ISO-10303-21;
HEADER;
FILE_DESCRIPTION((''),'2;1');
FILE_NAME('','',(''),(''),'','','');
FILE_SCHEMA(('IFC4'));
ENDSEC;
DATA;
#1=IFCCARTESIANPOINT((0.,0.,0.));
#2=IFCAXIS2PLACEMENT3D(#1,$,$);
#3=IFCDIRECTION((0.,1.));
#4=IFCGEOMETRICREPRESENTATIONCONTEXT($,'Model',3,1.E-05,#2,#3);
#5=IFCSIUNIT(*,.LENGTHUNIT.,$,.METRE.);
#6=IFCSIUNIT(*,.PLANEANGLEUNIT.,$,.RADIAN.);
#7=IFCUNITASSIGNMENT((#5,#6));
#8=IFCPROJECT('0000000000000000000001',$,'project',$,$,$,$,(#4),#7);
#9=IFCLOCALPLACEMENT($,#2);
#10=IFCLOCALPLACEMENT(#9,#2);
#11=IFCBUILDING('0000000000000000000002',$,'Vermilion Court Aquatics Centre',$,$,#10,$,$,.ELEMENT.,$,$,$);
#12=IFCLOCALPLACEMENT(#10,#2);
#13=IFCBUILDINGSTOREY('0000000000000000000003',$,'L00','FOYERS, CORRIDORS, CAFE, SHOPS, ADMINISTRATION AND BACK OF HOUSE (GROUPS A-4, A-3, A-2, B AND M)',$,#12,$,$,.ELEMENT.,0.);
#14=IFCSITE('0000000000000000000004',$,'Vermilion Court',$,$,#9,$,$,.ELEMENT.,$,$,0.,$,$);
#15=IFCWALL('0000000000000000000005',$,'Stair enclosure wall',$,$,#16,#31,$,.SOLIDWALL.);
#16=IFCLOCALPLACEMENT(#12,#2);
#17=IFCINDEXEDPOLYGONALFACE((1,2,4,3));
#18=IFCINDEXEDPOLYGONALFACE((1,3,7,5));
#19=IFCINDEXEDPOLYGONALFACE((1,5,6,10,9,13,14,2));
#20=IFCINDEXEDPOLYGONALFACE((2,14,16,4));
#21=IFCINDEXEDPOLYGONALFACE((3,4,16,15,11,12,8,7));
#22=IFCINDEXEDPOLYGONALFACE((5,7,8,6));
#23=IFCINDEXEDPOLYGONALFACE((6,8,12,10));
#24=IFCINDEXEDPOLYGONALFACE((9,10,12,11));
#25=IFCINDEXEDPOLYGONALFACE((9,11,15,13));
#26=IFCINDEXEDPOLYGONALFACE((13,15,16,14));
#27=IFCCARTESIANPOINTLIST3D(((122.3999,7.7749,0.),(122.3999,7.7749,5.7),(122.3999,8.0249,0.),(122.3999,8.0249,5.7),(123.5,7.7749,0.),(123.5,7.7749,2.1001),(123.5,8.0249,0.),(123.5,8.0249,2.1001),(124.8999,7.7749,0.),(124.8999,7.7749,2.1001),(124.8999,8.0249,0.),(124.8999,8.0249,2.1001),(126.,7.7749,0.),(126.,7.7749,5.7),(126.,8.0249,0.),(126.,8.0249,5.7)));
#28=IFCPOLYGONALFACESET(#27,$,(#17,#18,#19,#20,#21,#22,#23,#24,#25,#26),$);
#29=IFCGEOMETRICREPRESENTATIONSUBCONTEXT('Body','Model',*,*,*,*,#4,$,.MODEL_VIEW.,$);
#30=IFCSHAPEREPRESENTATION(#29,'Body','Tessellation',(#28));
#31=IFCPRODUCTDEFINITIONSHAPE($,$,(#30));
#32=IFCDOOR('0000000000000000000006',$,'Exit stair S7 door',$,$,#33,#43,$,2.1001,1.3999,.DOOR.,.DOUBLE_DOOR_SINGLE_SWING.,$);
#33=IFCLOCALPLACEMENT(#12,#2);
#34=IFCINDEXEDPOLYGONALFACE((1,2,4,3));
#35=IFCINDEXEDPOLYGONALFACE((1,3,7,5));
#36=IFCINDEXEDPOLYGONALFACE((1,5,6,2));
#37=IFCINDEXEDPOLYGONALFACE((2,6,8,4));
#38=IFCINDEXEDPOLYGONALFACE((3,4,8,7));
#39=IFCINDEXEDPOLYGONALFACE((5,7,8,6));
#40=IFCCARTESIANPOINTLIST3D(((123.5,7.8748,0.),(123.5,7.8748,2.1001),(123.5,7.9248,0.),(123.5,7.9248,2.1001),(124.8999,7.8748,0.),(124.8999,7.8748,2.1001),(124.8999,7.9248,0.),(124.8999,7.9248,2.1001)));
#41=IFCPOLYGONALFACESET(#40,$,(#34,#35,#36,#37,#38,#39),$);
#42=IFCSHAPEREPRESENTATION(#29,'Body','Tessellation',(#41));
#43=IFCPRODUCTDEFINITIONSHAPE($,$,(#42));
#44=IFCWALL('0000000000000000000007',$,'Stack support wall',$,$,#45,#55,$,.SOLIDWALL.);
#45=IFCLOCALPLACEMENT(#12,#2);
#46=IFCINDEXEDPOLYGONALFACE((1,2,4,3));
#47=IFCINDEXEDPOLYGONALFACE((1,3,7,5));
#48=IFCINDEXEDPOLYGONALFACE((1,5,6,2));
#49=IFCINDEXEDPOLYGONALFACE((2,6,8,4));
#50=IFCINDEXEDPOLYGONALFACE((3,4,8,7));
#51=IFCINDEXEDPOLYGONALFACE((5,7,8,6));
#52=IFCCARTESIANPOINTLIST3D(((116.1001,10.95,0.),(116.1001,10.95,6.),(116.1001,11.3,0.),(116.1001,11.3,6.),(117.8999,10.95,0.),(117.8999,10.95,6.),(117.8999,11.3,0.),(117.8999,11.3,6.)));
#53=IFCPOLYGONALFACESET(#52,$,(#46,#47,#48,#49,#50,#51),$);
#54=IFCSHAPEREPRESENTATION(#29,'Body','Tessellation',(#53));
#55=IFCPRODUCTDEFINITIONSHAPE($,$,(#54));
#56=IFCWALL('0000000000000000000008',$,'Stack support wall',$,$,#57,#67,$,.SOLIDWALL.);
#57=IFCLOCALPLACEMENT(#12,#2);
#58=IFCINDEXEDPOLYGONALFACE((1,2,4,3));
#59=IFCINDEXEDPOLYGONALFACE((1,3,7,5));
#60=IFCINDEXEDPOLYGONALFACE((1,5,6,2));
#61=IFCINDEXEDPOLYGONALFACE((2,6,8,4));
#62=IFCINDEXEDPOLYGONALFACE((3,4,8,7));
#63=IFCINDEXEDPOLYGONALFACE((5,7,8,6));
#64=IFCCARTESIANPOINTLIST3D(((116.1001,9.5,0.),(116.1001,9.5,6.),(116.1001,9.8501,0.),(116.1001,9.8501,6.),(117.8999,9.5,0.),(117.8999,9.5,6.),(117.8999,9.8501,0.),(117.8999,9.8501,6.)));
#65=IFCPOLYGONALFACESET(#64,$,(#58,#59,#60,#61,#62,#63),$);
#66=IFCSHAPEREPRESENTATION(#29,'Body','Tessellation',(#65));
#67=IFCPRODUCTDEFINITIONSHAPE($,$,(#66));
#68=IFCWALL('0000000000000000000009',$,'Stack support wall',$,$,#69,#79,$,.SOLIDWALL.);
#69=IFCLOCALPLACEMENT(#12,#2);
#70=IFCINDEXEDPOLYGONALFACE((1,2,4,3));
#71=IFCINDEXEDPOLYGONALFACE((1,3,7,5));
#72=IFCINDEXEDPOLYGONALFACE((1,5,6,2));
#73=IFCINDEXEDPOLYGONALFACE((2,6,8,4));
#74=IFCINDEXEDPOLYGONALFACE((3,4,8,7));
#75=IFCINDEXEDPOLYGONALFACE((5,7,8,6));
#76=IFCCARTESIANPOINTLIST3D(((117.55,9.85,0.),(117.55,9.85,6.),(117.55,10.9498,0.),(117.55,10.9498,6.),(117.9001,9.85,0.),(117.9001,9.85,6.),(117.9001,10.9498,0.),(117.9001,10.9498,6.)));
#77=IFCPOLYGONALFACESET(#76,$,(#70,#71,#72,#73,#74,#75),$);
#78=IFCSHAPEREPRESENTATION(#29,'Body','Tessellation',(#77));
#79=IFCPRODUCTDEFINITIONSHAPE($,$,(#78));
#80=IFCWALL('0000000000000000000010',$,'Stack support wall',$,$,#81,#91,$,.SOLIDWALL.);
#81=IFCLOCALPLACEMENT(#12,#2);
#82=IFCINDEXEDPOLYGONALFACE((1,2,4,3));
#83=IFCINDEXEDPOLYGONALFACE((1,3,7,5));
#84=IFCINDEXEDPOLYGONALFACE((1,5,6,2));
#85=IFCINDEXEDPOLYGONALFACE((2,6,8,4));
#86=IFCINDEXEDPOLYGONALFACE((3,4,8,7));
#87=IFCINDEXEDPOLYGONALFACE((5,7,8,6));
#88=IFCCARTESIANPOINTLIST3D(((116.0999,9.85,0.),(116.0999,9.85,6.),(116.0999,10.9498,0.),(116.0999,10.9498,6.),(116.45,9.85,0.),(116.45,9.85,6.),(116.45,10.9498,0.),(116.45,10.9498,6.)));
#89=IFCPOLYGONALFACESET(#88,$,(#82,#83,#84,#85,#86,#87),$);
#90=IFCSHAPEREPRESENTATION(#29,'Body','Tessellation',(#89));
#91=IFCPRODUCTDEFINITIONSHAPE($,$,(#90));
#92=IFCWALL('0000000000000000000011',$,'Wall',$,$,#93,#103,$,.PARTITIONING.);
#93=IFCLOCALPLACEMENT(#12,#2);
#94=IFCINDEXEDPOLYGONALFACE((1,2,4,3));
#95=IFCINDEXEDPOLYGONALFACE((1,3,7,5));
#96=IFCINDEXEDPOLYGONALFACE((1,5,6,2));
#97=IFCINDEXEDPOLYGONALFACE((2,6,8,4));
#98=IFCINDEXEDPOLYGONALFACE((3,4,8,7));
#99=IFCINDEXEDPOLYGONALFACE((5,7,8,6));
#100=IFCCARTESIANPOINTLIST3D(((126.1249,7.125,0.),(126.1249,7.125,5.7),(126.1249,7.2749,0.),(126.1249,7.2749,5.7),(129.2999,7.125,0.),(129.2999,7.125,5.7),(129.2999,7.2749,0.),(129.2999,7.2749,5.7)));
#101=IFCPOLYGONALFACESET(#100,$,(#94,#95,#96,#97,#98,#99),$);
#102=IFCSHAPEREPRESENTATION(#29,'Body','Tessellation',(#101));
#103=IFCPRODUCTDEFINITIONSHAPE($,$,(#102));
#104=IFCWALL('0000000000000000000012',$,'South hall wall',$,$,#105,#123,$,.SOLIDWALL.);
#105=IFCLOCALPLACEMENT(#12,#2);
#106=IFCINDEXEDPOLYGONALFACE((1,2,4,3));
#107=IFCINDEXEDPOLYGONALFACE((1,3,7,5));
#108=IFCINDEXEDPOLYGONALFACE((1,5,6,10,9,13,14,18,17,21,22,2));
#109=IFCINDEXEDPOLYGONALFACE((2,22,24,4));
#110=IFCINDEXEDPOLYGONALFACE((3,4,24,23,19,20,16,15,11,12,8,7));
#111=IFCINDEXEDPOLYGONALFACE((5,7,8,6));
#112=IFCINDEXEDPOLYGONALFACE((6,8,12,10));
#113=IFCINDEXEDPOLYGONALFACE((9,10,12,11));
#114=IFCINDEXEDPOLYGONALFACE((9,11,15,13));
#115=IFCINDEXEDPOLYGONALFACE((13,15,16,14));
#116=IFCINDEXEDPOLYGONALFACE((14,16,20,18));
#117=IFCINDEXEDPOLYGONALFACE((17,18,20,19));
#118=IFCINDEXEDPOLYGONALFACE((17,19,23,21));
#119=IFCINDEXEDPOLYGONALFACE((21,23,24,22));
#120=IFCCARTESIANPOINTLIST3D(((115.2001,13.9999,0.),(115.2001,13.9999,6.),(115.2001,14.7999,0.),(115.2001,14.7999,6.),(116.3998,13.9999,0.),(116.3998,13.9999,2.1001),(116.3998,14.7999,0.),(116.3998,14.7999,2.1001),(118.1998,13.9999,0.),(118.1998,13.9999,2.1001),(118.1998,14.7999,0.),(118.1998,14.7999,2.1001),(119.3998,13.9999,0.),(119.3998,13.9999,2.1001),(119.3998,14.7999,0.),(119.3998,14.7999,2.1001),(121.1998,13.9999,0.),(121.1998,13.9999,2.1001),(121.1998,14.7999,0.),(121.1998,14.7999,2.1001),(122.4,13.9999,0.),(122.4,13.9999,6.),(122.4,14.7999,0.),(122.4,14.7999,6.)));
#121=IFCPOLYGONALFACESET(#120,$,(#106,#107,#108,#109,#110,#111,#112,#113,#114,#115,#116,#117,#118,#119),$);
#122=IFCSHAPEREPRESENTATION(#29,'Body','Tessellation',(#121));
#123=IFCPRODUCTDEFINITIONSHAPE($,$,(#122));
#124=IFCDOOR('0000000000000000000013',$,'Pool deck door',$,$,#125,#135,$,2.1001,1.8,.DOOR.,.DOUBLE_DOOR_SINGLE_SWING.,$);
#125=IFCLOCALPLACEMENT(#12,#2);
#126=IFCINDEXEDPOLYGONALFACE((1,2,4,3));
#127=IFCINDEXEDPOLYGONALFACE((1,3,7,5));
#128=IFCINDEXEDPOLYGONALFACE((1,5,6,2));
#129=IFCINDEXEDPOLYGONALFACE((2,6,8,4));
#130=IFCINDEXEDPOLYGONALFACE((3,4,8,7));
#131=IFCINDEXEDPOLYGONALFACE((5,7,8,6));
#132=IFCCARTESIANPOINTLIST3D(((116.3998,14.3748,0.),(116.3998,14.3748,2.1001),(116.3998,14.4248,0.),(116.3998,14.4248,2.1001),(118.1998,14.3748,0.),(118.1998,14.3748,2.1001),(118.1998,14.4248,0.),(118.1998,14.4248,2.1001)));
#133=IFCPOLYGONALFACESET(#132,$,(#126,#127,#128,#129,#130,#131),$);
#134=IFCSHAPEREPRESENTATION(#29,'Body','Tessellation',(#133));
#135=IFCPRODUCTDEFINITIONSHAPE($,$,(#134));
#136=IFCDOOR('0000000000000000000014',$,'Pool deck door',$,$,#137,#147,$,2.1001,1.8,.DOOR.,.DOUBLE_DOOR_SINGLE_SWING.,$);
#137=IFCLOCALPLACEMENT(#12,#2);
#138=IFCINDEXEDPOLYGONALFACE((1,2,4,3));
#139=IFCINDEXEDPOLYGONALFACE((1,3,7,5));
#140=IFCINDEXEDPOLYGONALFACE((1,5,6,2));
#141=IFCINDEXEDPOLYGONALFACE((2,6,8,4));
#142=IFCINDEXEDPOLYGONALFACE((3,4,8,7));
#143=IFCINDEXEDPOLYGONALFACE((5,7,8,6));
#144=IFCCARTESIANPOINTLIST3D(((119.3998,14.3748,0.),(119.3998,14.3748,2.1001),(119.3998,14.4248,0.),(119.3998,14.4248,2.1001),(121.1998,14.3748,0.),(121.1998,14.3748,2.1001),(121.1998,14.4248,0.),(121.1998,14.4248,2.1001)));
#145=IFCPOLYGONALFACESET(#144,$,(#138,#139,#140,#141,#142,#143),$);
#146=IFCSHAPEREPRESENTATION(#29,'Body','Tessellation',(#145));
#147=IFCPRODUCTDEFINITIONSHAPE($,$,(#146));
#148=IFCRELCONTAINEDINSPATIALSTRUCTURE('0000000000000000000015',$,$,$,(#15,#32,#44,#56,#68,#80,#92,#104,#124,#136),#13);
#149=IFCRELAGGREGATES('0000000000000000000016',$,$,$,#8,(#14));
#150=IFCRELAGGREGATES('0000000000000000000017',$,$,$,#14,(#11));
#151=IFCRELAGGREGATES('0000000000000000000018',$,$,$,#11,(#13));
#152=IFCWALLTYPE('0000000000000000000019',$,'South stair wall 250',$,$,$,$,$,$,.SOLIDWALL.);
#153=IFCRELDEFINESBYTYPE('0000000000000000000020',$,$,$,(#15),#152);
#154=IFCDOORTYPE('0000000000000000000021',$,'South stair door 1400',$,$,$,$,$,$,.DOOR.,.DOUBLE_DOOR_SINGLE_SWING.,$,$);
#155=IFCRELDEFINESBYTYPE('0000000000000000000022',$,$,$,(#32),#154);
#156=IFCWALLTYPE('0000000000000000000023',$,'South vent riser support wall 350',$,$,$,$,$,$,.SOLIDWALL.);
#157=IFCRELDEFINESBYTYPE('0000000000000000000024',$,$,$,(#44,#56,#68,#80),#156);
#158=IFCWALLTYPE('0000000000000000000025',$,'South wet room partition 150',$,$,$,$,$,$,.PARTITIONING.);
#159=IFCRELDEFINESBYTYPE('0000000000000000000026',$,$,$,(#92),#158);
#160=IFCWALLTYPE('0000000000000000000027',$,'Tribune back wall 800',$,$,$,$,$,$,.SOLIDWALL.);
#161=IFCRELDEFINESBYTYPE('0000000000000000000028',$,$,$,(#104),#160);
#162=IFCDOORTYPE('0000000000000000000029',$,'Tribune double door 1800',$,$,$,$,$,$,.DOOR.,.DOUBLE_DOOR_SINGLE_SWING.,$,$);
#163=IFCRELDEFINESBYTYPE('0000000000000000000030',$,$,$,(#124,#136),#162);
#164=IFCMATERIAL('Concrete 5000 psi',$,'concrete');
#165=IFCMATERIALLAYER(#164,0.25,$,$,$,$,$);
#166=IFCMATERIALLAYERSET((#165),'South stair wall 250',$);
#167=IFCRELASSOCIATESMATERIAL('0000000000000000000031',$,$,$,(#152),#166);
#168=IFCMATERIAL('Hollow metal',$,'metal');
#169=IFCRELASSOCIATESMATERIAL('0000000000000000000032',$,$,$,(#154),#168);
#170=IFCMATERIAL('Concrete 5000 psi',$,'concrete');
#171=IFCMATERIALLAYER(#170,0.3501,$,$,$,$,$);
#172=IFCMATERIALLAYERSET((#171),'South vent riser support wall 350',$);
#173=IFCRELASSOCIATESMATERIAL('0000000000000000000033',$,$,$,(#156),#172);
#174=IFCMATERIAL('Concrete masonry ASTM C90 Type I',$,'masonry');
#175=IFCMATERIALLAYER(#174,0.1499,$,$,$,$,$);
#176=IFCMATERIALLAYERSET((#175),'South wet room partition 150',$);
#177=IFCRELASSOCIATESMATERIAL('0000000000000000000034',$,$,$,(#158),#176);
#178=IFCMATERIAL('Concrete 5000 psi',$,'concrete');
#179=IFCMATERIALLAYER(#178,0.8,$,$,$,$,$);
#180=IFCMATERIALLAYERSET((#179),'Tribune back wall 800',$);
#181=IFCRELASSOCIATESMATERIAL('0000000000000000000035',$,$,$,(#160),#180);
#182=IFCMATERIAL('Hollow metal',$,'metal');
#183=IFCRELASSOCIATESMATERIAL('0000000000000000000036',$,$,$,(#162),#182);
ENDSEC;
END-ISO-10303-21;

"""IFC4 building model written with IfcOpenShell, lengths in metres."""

from ifc_helpers import new_model, si_unit, direction, frame, frame_2d, origin, place, context, subcontext, project, spatial, rectangle, extrude, material, layer, layer_set, type_object, element, fill, save


model = new_model("IFC4")

# Units and contexts
model_context = context("Model", 3, precision=1e-05, world=origin(), true_north=direction((0.0, 1.0)))
body_context = subcontext(model_context, "Body", "Model", "MODEL_VIEW")
ifc_project = project(units=[si_unit("LENGTHUNIT", "METRE"), si_unit("PLANEANGLEUNIT", "RADIAN")], contexts=[model_context])

# Site, building, storey
site_placement = place(None, origin())
site = spatial("IfcSite", under=ifc_project, at=site_placement, Name="Vermilion Court", CompositionType="ELEMENT", RefElevation=0.0)
building_placement = place(site_placement, origin())
building = spatial("IfcBuilding", under=site, at=building_placement, Name="Vermilion Court Aquatics Centre", CompositionType="ELEMENT")
storey_placement = place(building_placement, origin())
storey = spatial("IfcBuildingStorey", under=building, at=storey_placement, Name="L00", Description="FOYERS, CORRIDORS, CAFE, SHOPS, ADMINISTRATION AND BACK OF HOUSE (GROUPS A-4, A-3, A-2, B AND M)", CompositionType="ELEMENT", Elevation=0.0)

# Shared definitions
ifc_material_1 = material(Name="Concrete 5000 psi", Category="concrete")
ifc_layer_1 = layer(ifc_material_1, 0.25)
ifc_layer_set_1 = layer_set([ifc_layer_1], Name="South stair wall 250")
wall_type_1 = type_object("IfcWallType", Name="South stair wall 250", PredefinedType="SOLIDWALL", material=ifc_layer_set_1)

# Wall, opening, door
wall_1_placement = place(storey_placement, frame((122.3999, 7.8999, 0.0), z_axis=(0.0, 0.0, 1.0), x_axis=(1.0, 0.0, 0.0)))
wall_1 = element("IfcWall", 1, at=wall_1_placement, inside=storey, type_object=wall_type_1, Name="Stair enclosure wall", PredefinedType="SOLIDWALL", context=body_context, shape_type="SweptSolid", body=[
    extrude(rectangle(XDim=3.6001, YDim=0.25, at=frame_2d((1.8, 0.0))), origin(), (0.0, 0.0, 1.0), 5.7),
])
opening_1_placement = place(wall_1_placement, frame((1.1001, 0.0, 0.0)))
opening_1 = element("IfcOpeningElement", 2, at=opening_1_placement, cuts=wall_1, PredefinedType="OPENING", context=body_context, shape_type="SweptSolid", body=[
    extrude(rectangle(XDim=1.3999, YDim=2.1001, at=frame_2d((0.7, 1.05))), frame((0.0, 0.135, 0.0), z_axis=(0.0, -1.0, 0.0), x_axis=(1.0, 0.0, 0.0)), (0.0, 0.0, 1.0), 0.27),
])
ifc_material_2 = material(Name="Hollow metal", Category="metal")
door_type_1 = type_object("IfcDoorType", Name="South stair door 1400", OperationType="DOUBLE_DOOR_SINGLE_SWING", PredefinedType="DOOR", material=ifc_material_2)
door_1_placement = place(opening_1_placement, origin())
door_1 = element("IfcDoor", 3, at=door_1_placement, inside=storey, type_object=door_type_1, Name="Exit stair S7 door", OperationType="DOUBLE_DOOR_SINGLE_SWING", OverallHeight=2.1001, OverallWidth=1.3999, PredefinedType="DOOR", context=body_context, shape_type="SweptSolid", body=[
    extrude(rectangle(XDim=1.3999, YDim=2.1001, at=frame_2d((0.7, 1.05))), frame((0.0, 0.0249, 0.0), z_axis=(0.0, -1.0, 0.0), x_axis=(1.0, 0.0, 0.0)), (0.0, 0.0, 1.0), 0.05),
])
fill(opening_1, door_1)

# Walls
ifc_material_3 = material(Name="Concrete 5000 psi", Category="concrete")
ifc_layer_2 = layer(ifc_material_3, 0.3501)
ifc_layer_set_2 = layer_set([ifc_layer_2], Name="South vent riser support wall 350")
wall_type_2 = type_object("IfcWallType", Name="South vent riser support wall 350", PredefinedType="SOLIDWALL", material=ifc_layer_set_2)
for number, where, z_axis, x_axis, name in (
    (4, (116.1001, 11.125, 0.0), (0.0, 0.0, 1.0), (1.0, 0.0, 0.0), "Stack support wall"),
    (5, (116.1001, 9.675, 0.0), (0.0, 0.0, 1.0), (1.0, 0.0, 0.0), "Stack support wall"),
):
    element("IfcWall", number, at=place(storey_placement, frame(where, z_axis=z_axis, x_axis=x_axis)), inside=storey, type_object=wall_type_2, Name=name, PredefinedType="SOLIDWALL", context=body_context, shape_type="SweptSolid", body=[
        extrude(rectangle(XDim=1.7998, YDim=0.3501, at=frame_2d((0.8999, 0.0))), origin(), (0.0, 0.0, 1.0), 6.0),
    ])
for number, where, z_axis, x_axis, name in (
    (6, (117.7251, 9.8501, 0.0), (0.0, 0.0, 1.0), (0.0, 1.0, 0.0), "Stack support wall"),
    (7, (116.2749, 9.8501, 0.0), (0.0, 0.0, 1.0), (0.0, 1.0, 0.0), "Stack support wall"),
):
    element("IfcWall", number, at=place(storey_placement, frame(where, z_axis=z_axis, x_axis=x_axis)), inside=storey, type_object=wall_type_2, Name=name, PredefinedType="SOLIDWALL", context=body_context, shape_type="SweptSolid", body=[
        extrude(rectangle(XDim=1.0999, YDim=0.3501, at=frame_2d((0.5498, 0.0))), origin(), (0.0, 0.0, 1.0), 6.0),
    ])
ifc_material_4 = material(Name="Concrete masonry ASTM C90 Type I", Category="masonry")
ifc_layer_3 = layer(ifc_material_4, 0.1499)
ifc_layer_set_3 = layer_set([ifc_layer_3], Name="South wet room partition 150")
wall_type_3 = type_object("IfcWallType", Name="South wet room partition 150", PredefinedType="PARTITIONING", material=ifc_layer_set_3)
wall_2_placement = place(storey_placement, frame((126.125, 7.2, 0.0), z_axis=(0.0, 0.0, 1.0), x_axis=(1.0, 0.0, 0.0)))
element("IfcWall", 8, at=wall_2_placement, inside=storey, type_object=wall_type_3, Name="Wall", PredefinedType="PARTITIONING", context=body_context, shape_type="SweptSolid", body=[
    extrude(rectangle(XDim=3.175, YDim=0.1499, at=frame_2d((1.5874, 0.0))), origin(), (0.0, 0.0, 1.0), 5.7),
])

# Wall, openings, doors
ifc_material_5 = material(Name="Concrete 5000 psi", Category="concrete")
ifc_layer_4 = layer(ifc_material_5, 0.8)
ifc_layer_set_4 = layer_set([ifc_layer_4], Name="Tribune back wall 800")
wall_type_4 = type_object("IfcWallType", Name="Tribune back wall 800", PredefinedType="SOLIDWALL", material=ifc_layer_set_4)
wall_3_placement = place(storey_placement, frame((115.2, 14.3999, 0.0), z_axis=(0.0, 0.0, 1.0), x_axis=(1.0, 0.0, 0.0)))
wall_3 = element("IfcWall", 9, at=wall_3_placement, inside=storey, type_object=wall_type_4, Name="South hall wall", PredefinedType="SOLIDWALL", context=body_context, shape_type="SweptSolid", body=[
    extrude(rectangle(XDim=7.2, YDim=0.8, at=frame_2d((3.6001, 0.0))), origin(), (0.0, 0.0, 1.0), 6.0),
])
opening_2_placement = place(wall_3_placement, frame((1.2, 0.0, 0.0)))
opening_2 = element("IfcOpeningElement", 10, at=opening_2_placement, cuts=wall_3, PredefinedType="OPENING", context=body_context, shape_type="SweptSolid", body=[
    extrude(rectangle(XDim=1.8, YDim=2.1001, at=frame_2d((0.8999, 1.05))), frame((0.0, 0.4099, 0.0), z_axis=(0.0, -1.0, 0.0), x_axis=(1.0, 0.0, 0.0)), (0.0, 0.0, 1.0), 0.8201),
])
opening_3_placement = place(wall_3_placement, frame((4.2, 0.0, 0.0)))
opening_3 = element("IfcOpeningElement", 11, at=opening_3_placement, cuts=wall_3, PredefinedType="OPENING", context=body_context, shape_type="SweptSolid", body=[
    extrude(rectangle(XDim=1.8, YDim=2.1001, at=frame_2d((0.8999, 1.05))), frame((0.0, 0.4099, 0.0), z_axis=(0.0, -1.0, 0.0), x_axis=(1.0, 0.0, 0.0)), (0.0, 0.0, 1.0), 0.8201),
])
ifc_material_6 = material(Name="Hollow metal", Category="metal")
door_type_2 = type_object("IfcDoorType", Name="Tribune double door 1800", OperationType="DOUBLE_DOOR_SINGLE_SWING", PredefinedType="DOOR", material=ifc_material_6)
door_2_placement = place(opening_2_placement, frame((1.8, 0.0, 0.0), z_axis=(0.0, 0.0, 1.0), x_axis=(-1.0, 0.0, 0.0)))
door_2 = element("IfcDoor", 12, at=door_2_placement, inside=storey, type_object=door_type_2, Name="Pool deck door", OperationType="DOUBLE_DOOR_SINGLE_SWING", OverallHeight=2.1001, OverallWidth=1.8, PredefinedType="DOOR", context=body_context, shape_type="SweptSolid", body=[
    extrude(rectangle(XDim=1.8, YDim=2.1001, at=frame_2d((0.9001, 1.05))), frame((0.0, 0.0251, 0.0), z_axis=(0.0, -1.0, 0.0), x_axis=(1.0, 0.0, 0.0)), (0.0, 0.0, 1.0), 0.05),
])
fill(opening_2, door_2)
door_3_placement = place(opening_3_placement, frame((1.8, 0.0, 0.0), z_axis=(0.0, 0.0, 1.0), x_axis=(-1.0, 0.0, 0.0)))
door_3 = element("IfcDoor", 13, at=door_3_placement, inside=storey, type_object=door_type_2, Name="Pool deck door", OperationType="DOUBLE_DOOR_SINGLE_SWING", OverallHeight=2.1001, OverallWidth=1.8, PredefinedType="DOOR", context=body_context, shape_type="SweptSolid", body=[
    extrude(rectangle(XDim=1.8, YDim=2.1001, at=frame_2d((0.9001, 1.05))), frame((0.0, 0.0251, 0.0), z_axis=(0.0, -1.0, 0.0), x_axis=(1.0, 0.0, 0.0)), (0.0, 0.0, 1.0), 0.05),
])
fill(opening_3, door_3)

save(model, "model.ifc")
